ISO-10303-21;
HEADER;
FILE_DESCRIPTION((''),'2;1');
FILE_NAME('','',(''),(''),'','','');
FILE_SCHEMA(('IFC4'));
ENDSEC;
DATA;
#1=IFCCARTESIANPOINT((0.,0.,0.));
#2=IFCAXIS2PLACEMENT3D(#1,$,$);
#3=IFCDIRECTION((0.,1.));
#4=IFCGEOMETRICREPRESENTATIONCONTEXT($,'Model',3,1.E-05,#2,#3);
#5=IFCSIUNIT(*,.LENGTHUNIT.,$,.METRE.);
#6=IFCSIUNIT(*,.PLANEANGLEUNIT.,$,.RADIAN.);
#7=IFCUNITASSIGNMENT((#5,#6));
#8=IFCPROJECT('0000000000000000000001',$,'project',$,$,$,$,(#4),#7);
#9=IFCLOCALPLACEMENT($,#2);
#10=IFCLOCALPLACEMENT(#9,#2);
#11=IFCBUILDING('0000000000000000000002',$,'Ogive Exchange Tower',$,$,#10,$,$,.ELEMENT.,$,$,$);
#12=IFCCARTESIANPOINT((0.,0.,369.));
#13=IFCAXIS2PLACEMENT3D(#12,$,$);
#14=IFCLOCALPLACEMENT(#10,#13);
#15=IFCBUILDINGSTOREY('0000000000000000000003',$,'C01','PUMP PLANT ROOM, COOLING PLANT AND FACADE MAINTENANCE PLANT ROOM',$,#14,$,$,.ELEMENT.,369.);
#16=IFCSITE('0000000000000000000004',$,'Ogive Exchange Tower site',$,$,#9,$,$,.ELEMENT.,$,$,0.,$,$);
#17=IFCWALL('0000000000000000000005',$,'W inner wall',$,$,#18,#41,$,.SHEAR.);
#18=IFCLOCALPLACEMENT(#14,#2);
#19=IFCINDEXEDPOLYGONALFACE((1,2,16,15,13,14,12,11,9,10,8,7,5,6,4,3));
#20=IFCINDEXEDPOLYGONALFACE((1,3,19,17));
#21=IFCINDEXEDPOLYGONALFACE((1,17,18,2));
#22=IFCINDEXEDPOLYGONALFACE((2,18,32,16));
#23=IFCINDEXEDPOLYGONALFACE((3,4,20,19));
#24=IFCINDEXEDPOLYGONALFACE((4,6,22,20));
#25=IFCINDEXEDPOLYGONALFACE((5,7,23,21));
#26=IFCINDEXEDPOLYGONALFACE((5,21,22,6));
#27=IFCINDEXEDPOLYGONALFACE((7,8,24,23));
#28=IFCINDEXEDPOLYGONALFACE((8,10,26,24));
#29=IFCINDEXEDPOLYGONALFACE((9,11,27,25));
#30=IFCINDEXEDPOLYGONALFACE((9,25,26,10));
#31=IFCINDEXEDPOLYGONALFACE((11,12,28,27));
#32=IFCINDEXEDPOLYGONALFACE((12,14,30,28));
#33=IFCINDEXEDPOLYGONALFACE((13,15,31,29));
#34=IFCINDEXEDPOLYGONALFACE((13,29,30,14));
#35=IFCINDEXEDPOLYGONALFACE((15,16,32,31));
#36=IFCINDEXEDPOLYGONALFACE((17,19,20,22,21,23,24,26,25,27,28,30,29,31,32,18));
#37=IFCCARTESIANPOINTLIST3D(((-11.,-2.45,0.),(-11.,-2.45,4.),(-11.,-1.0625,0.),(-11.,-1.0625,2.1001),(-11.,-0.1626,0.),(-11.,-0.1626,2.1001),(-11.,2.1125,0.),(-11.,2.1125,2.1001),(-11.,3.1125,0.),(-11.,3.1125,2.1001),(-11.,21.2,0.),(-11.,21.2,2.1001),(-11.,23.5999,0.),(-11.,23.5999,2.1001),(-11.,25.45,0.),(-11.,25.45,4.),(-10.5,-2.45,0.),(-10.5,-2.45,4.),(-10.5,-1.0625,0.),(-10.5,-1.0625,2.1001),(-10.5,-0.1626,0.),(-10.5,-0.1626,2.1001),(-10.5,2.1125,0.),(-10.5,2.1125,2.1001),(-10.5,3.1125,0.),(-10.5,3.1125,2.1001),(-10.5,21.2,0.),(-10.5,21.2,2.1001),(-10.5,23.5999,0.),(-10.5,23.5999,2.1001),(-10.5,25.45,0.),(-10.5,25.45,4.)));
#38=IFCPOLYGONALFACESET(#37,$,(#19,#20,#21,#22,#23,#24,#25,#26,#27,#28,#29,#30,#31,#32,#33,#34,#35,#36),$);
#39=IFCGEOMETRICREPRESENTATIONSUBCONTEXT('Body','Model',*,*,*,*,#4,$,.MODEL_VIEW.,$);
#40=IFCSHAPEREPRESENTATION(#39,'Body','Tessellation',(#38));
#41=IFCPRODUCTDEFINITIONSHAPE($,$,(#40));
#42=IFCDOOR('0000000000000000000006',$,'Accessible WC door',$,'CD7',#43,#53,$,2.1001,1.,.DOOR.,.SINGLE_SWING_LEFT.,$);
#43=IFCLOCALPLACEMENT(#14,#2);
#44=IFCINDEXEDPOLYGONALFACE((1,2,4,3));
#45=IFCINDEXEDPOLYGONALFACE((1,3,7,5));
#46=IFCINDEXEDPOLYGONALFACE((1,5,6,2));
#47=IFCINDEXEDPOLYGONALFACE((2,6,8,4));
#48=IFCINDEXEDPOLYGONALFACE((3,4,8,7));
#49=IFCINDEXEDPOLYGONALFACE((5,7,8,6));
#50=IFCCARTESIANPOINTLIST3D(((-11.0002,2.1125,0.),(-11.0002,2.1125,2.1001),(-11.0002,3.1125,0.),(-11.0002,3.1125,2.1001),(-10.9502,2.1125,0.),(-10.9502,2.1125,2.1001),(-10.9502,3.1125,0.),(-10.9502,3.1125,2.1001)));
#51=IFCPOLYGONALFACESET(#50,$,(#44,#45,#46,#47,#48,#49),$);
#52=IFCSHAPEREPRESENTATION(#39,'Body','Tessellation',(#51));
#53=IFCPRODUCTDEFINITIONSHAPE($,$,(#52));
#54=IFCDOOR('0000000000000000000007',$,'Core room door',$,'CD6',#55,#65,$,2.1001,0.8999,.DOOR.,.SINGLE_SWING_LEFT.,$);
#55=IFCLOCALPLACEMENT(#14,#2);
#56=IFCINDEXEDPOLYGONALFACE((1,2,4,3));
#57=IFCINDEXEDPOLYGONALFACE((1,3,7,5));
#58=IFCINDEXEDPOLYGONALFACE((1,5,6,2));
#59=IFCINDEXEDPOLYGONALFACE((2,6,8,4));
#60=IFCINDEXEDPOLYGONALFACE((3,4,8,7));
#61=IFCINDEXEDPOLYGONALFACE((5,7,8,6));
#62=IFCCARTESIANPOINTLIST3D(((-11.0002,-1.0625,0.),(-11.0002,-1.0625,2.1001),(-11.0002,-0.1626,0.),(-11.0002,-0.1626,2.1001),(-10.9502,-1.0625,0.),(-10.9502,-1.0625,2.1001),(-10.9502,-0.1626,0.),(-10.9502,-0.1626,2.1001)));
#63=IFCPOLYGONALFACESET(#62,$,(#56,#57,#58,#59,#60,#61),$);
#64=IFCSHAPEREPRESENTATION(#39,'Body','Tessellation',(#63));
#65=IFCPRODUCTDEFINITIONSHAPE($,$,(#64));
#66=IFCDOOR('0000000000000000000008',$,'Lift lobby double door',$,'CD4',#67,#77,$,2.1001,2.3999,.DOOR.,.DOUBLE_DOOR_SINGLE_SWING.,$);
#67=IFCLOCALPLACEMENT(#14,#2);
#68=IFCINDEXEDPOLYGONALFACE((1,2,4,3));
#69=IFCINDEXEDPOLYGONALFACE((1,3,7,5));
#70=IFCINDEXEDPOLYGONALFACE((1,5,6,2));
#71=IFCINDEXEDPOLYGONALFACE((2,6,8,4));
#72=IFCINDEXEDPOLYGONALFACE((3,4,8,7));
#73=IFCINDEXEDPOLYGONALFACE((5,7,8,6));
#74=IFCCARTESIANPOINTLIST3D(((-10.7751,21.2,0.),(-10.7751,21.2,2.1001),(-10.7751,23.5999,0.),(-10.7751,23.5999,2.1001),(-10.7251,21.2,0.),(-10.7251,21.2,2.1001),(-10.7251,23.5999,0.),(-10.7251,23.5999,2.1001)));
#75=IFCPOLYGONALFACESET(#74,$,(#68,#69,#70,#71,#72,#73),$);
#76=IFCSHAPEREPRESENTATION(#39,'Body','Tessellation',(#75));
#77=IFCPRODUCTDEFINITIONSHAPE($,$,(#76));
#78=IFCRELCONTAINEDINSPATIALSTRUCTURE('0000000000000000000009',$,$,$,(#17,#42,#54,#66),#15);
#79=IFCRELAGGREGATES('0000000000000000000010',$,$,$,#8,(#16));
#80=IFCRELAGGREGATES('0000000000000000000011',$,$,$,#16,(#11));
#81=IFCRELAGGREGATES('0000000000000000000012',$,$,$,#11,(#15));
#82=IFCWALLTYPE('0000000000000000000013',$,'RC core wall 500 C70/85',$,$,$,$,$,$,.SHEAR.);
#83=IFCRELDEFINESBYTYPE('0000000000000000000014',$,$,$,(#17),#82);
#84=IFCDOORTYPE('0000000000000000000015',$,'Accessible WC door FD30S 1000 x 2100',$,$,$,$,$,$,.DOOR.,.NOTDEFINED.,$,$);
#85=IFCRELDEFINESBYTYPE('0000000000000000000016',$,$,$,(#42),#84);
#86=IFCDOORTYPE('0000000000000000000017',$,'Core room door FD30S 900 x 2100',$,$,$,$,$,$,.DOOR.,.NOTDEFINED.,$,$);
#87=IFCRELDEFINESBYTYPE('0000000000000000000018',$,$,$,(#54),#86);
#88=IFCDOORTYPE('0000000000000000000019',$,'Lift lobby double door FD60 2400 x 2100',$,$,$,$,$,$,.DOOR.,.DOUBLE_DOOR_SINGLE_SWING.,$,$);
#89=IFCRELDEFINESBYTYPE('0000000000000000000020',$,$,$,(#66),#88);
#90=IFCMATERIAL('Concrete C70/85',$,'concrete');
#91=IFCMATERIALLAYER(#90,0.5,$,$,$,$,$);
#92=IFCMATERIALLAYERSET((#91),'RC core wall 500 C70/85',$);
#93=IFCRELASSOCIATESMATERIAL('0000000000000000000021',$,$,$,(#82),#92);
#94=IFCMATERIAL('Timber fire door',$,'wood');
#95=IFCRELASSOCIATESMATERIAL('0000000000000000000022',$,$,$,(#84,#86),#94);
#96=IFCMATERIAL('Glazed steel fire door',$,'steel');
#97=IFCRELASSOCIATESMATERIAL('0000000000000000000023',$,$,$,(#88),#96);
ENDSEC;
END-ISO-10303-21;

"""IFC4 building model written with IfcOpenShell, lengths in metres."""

from ifc_helpers import new_model, si_unit, direction, frame, frame_2d, origin, place, context, subcontext, project, spatial, rectangle, extrude, material, layer, layer_set, type_object, element, fill, save


model = new_model("IFC4")

# Units and contexts
model_context = context("Model", 3, precision=1e-05, world=origin(), true_north=direction((0.0, 1.0)))
body_context = subcontext(model_context, "Body", "Model", "MODEL_VIEW")
ifc_project = project(units=[si_unit("LENGTHUNIT", "METRE"), si_unit("PLANEANGLEUNIT", "RADIAN")], contexts=[model_context])

# Site, building, storey
site_placement = place(None, origin())
site = spatial("IfcSite", under=ifc_project, at=site_placement, Name="Ogive Exchange Tower site", CompositionType="ELEMENT", RefElevation=0.0)
building_placement = place(site_placement, origin())
building = spatial("IfcBuilding", under=site, at=building_placement, Name="Ogive Exchange Tower", CompositionType="ELEMENT")
storey_placement = place(building_placement, frame((0.0, 0.0, 369.0)))
storey = spatial("IfcBuildingStorey", under=building, at=storey_placement, Name="C01", Description="PUMP PLANT ROOM, COOLING PLANT AND FACADE MAINTENANCE PLANT ROOM", CompositionType="ELEMENT", Elevation=369.0)

# Shared definitions
ifc_material_1 = material(Name="Concrete C70/85", Category="concrete")

# Wall, openings, doors
ifc_layer_1 = layer(ifc_material_1, 0.5)
ifc_layer_set_1 = layer_set([ifc_layer_1], Name="RC core wall 500 C70/85")
wall_type_1 = type_object("IfcWallType", Name="RC core wall 500 C70/85", PredefinedType="SHEAR", material=ifc_layer_set_1)
wall_1_placement = place(storey_placement, frame((-10.75, -2.45, 0.0), z_axis=(0.0, 0.0, 1.0), x_axis=(0.0, 1.0, 0.0)))
wall_1 = element("IfcWall", 1, at=wall_1_placement, inside=storey, type_object=wall_type_1, Name="W inner wall", PredefinedType="SHEAR", context=body_context, shape_type="SweptSolid", body=[
    extrude(rectangle(XDim=27.8999, YDim=0.5, at=frame_2d((13.95, 0.0))), origin(), (0.0, 0.0, 1.0), 4.0),
])
opening_1_placement = place(wall_1_placement, frame((23.6499, 0.0, 0.0)))
opening_1 = element("IfcOpeningElement", 2, at=opening_1_placement, cuts=wall_1, PredefinedType="OPENING", context=body_context, shape_type="SweptSolid", body=[
    extrude(rectangle(XDim=2.3999, YDim=2.1001, at=frame_2d((1.2, 1.05))), frame((0.0, 0.26, 0.0), z_axis=(0.0, -1.0, 0.0), x_axis=(1.0, 0.0, 0.0)), (0.0, 0.0, 1.0), 0.52),
])
opening_2_placement = place(wall_1_placement, frame((1.3875, 0.0, 0.0)))
opening_2 = element("IfcOpeningElement", 3, at=opening_2_placement, cuts=wall_1, PredefinedType="OPENING", context=body_context, shape_type="SweptSolid", body=[
    extrude(rectangle(XDim=0.8999, YDim=2.1001, at=frame_2d((0.45, 1.05))), frame((0.0, 0.26, 0.0), z_axis=(0.0, -1.0, 0.0), x_axis=(1.0, 0.0, 0.0)), (0.0, 0.0, 1.0), 0.52),
])
opening_3_placement = place(wall_1_placement, frame((4.5625, 0.0, 0.0)))
opening_3 = element("IfcOpeningElement", 4, at=opening_3_placement, cuts=wall_1, PredefinedType="OPENING", context=body_context, shape_type="SweptSolid", body=[
    extrude(rectangle(XDim=1.0, YDim=2.1001, at=frame_2d((0.5, 1.05))), frame((0.0, 0.26, 0.0), z_axis=(0.0, -1.0, 0.0), x_axis=(1.0, 0.0, 0.0)), (0.0, 0.0, 1.0), 0.52),
])
ifc_material_2 = material(Name="Timber fire door", Category="wood")
door_type_1 = type_object("IfcDoorType", Name="Accessible WC door FD30S 1000 x 2100", OperationType="NOTDEFINED", PredefinedType="DOOR", material=ifc_material_2)
door_1_placement = place(opening_3_placement, frame((1.0, 0.4502, 0.0), z_axis=(0.0, 0.0, 1.0), x_axis=(-1.0, 0.0, 0.0)))
door_1 = element("IfcDoor", 5, at=door_1_placement, inside=storey, type_object=door_type_1, Name="Accessible WC door", ObjectType="CD7", OperationType="SINGLE_SWING_LEFT", OverallHeight=2.1001, OverallWidth=1.0, PredefinedType="DOOR", context=body_context, shape_type="SweptSolid", body=[
    extrude(rectangle(XDim=1.0, YDim=2.1001, at=frame_2d((0.5, 1.05))), frame((0.0, 0.25, 0.0), z_axis=(0.0, -1.0, 0.0), x_axis=(1.0, 0.0, 0.0)), (0.0, 0.0, 1.0), 0.05),
])
fill(opening_3, door_1)
door_type_2 = type_object("IfcDoorType", Name="Core room door FD30S 900 x 2100", OperationType="NOTDEFINED", PredefinedType="DOOR", material=ifc_material_2)
door_2_placement = place(opening_2_placement, frame((0.8999, 0.4502, 0.0), z_axis=(0.0, 0.0, 1.0), x_axis=(-1.0, 0.0, 0.0)))
door_2 = element("IfcDoor", 6, at=door_2_placement, inside=storey, type_object=door_type_2, Name="Core room door", ObjectType="CD6", OperationType="SINGLE_SWING_LEFT", OverallHeight=2.1001, OverallWidth=0.8999, PredefinedType="DOOR", context=body_context, shape_type="SweptSolid", body=[
    extrude(rectangle(XDim=0.8999, YDim=2.1001, at=frame_2d((0.45, 1.05))), frame((0.0, 0.25, 0.0), z_axis=(0.0, -1.0, 0.0), x_axis=(1.0, 0.0, 0.0)), (0.0, 0.0, 1.0), 0.05),
])
fill(opening_2, door_2)
ifc_material_3 = material(Name="Glazed steel fire door", Category="steel")
door_type_3 = type_object("IfcDoorType", Name="Lift lobby double door FD60 2400 x 2100", OperationType="DOUBLE_DOOR_SINGLE_SWING", PredefinedType="DOOR", material=ifc_material_3)
door_3_placement = place(opening_1_placement, frame((2.3999, 0.0, 0.0), z_axis=(0.0, 0.0, 1.0), x_axis=(-1.0, 0.0, 0.0)))
door_3 = element("IfcDoor", 7, at=door_3_placement, inside=storey, type_object=door_type_3, Name="Lift lobby double door", ObjectType="CD4", OperationType="DOUBLE_DOOR_SINGLE_SWING", OverallHeight=2.1001, OverallWidth=2.3999, PredefinedType="DOOR", context=body_context, shape_type="SweptSolid", body=[
    extrude(rectangle(XDim=2.3999, YDim=2.1001, at=frame_2d((1.2, 1.05))), frame((0.0, 0.0249, 0.0), z_axis=(0.0, -1.0, 0.0), x_axis=(1.0, 0.0, 0.0)), (0.0, 0.0, 1.0), 0.05),
])
fill(opening_1, door_3)

save(model, "model.ifc")
